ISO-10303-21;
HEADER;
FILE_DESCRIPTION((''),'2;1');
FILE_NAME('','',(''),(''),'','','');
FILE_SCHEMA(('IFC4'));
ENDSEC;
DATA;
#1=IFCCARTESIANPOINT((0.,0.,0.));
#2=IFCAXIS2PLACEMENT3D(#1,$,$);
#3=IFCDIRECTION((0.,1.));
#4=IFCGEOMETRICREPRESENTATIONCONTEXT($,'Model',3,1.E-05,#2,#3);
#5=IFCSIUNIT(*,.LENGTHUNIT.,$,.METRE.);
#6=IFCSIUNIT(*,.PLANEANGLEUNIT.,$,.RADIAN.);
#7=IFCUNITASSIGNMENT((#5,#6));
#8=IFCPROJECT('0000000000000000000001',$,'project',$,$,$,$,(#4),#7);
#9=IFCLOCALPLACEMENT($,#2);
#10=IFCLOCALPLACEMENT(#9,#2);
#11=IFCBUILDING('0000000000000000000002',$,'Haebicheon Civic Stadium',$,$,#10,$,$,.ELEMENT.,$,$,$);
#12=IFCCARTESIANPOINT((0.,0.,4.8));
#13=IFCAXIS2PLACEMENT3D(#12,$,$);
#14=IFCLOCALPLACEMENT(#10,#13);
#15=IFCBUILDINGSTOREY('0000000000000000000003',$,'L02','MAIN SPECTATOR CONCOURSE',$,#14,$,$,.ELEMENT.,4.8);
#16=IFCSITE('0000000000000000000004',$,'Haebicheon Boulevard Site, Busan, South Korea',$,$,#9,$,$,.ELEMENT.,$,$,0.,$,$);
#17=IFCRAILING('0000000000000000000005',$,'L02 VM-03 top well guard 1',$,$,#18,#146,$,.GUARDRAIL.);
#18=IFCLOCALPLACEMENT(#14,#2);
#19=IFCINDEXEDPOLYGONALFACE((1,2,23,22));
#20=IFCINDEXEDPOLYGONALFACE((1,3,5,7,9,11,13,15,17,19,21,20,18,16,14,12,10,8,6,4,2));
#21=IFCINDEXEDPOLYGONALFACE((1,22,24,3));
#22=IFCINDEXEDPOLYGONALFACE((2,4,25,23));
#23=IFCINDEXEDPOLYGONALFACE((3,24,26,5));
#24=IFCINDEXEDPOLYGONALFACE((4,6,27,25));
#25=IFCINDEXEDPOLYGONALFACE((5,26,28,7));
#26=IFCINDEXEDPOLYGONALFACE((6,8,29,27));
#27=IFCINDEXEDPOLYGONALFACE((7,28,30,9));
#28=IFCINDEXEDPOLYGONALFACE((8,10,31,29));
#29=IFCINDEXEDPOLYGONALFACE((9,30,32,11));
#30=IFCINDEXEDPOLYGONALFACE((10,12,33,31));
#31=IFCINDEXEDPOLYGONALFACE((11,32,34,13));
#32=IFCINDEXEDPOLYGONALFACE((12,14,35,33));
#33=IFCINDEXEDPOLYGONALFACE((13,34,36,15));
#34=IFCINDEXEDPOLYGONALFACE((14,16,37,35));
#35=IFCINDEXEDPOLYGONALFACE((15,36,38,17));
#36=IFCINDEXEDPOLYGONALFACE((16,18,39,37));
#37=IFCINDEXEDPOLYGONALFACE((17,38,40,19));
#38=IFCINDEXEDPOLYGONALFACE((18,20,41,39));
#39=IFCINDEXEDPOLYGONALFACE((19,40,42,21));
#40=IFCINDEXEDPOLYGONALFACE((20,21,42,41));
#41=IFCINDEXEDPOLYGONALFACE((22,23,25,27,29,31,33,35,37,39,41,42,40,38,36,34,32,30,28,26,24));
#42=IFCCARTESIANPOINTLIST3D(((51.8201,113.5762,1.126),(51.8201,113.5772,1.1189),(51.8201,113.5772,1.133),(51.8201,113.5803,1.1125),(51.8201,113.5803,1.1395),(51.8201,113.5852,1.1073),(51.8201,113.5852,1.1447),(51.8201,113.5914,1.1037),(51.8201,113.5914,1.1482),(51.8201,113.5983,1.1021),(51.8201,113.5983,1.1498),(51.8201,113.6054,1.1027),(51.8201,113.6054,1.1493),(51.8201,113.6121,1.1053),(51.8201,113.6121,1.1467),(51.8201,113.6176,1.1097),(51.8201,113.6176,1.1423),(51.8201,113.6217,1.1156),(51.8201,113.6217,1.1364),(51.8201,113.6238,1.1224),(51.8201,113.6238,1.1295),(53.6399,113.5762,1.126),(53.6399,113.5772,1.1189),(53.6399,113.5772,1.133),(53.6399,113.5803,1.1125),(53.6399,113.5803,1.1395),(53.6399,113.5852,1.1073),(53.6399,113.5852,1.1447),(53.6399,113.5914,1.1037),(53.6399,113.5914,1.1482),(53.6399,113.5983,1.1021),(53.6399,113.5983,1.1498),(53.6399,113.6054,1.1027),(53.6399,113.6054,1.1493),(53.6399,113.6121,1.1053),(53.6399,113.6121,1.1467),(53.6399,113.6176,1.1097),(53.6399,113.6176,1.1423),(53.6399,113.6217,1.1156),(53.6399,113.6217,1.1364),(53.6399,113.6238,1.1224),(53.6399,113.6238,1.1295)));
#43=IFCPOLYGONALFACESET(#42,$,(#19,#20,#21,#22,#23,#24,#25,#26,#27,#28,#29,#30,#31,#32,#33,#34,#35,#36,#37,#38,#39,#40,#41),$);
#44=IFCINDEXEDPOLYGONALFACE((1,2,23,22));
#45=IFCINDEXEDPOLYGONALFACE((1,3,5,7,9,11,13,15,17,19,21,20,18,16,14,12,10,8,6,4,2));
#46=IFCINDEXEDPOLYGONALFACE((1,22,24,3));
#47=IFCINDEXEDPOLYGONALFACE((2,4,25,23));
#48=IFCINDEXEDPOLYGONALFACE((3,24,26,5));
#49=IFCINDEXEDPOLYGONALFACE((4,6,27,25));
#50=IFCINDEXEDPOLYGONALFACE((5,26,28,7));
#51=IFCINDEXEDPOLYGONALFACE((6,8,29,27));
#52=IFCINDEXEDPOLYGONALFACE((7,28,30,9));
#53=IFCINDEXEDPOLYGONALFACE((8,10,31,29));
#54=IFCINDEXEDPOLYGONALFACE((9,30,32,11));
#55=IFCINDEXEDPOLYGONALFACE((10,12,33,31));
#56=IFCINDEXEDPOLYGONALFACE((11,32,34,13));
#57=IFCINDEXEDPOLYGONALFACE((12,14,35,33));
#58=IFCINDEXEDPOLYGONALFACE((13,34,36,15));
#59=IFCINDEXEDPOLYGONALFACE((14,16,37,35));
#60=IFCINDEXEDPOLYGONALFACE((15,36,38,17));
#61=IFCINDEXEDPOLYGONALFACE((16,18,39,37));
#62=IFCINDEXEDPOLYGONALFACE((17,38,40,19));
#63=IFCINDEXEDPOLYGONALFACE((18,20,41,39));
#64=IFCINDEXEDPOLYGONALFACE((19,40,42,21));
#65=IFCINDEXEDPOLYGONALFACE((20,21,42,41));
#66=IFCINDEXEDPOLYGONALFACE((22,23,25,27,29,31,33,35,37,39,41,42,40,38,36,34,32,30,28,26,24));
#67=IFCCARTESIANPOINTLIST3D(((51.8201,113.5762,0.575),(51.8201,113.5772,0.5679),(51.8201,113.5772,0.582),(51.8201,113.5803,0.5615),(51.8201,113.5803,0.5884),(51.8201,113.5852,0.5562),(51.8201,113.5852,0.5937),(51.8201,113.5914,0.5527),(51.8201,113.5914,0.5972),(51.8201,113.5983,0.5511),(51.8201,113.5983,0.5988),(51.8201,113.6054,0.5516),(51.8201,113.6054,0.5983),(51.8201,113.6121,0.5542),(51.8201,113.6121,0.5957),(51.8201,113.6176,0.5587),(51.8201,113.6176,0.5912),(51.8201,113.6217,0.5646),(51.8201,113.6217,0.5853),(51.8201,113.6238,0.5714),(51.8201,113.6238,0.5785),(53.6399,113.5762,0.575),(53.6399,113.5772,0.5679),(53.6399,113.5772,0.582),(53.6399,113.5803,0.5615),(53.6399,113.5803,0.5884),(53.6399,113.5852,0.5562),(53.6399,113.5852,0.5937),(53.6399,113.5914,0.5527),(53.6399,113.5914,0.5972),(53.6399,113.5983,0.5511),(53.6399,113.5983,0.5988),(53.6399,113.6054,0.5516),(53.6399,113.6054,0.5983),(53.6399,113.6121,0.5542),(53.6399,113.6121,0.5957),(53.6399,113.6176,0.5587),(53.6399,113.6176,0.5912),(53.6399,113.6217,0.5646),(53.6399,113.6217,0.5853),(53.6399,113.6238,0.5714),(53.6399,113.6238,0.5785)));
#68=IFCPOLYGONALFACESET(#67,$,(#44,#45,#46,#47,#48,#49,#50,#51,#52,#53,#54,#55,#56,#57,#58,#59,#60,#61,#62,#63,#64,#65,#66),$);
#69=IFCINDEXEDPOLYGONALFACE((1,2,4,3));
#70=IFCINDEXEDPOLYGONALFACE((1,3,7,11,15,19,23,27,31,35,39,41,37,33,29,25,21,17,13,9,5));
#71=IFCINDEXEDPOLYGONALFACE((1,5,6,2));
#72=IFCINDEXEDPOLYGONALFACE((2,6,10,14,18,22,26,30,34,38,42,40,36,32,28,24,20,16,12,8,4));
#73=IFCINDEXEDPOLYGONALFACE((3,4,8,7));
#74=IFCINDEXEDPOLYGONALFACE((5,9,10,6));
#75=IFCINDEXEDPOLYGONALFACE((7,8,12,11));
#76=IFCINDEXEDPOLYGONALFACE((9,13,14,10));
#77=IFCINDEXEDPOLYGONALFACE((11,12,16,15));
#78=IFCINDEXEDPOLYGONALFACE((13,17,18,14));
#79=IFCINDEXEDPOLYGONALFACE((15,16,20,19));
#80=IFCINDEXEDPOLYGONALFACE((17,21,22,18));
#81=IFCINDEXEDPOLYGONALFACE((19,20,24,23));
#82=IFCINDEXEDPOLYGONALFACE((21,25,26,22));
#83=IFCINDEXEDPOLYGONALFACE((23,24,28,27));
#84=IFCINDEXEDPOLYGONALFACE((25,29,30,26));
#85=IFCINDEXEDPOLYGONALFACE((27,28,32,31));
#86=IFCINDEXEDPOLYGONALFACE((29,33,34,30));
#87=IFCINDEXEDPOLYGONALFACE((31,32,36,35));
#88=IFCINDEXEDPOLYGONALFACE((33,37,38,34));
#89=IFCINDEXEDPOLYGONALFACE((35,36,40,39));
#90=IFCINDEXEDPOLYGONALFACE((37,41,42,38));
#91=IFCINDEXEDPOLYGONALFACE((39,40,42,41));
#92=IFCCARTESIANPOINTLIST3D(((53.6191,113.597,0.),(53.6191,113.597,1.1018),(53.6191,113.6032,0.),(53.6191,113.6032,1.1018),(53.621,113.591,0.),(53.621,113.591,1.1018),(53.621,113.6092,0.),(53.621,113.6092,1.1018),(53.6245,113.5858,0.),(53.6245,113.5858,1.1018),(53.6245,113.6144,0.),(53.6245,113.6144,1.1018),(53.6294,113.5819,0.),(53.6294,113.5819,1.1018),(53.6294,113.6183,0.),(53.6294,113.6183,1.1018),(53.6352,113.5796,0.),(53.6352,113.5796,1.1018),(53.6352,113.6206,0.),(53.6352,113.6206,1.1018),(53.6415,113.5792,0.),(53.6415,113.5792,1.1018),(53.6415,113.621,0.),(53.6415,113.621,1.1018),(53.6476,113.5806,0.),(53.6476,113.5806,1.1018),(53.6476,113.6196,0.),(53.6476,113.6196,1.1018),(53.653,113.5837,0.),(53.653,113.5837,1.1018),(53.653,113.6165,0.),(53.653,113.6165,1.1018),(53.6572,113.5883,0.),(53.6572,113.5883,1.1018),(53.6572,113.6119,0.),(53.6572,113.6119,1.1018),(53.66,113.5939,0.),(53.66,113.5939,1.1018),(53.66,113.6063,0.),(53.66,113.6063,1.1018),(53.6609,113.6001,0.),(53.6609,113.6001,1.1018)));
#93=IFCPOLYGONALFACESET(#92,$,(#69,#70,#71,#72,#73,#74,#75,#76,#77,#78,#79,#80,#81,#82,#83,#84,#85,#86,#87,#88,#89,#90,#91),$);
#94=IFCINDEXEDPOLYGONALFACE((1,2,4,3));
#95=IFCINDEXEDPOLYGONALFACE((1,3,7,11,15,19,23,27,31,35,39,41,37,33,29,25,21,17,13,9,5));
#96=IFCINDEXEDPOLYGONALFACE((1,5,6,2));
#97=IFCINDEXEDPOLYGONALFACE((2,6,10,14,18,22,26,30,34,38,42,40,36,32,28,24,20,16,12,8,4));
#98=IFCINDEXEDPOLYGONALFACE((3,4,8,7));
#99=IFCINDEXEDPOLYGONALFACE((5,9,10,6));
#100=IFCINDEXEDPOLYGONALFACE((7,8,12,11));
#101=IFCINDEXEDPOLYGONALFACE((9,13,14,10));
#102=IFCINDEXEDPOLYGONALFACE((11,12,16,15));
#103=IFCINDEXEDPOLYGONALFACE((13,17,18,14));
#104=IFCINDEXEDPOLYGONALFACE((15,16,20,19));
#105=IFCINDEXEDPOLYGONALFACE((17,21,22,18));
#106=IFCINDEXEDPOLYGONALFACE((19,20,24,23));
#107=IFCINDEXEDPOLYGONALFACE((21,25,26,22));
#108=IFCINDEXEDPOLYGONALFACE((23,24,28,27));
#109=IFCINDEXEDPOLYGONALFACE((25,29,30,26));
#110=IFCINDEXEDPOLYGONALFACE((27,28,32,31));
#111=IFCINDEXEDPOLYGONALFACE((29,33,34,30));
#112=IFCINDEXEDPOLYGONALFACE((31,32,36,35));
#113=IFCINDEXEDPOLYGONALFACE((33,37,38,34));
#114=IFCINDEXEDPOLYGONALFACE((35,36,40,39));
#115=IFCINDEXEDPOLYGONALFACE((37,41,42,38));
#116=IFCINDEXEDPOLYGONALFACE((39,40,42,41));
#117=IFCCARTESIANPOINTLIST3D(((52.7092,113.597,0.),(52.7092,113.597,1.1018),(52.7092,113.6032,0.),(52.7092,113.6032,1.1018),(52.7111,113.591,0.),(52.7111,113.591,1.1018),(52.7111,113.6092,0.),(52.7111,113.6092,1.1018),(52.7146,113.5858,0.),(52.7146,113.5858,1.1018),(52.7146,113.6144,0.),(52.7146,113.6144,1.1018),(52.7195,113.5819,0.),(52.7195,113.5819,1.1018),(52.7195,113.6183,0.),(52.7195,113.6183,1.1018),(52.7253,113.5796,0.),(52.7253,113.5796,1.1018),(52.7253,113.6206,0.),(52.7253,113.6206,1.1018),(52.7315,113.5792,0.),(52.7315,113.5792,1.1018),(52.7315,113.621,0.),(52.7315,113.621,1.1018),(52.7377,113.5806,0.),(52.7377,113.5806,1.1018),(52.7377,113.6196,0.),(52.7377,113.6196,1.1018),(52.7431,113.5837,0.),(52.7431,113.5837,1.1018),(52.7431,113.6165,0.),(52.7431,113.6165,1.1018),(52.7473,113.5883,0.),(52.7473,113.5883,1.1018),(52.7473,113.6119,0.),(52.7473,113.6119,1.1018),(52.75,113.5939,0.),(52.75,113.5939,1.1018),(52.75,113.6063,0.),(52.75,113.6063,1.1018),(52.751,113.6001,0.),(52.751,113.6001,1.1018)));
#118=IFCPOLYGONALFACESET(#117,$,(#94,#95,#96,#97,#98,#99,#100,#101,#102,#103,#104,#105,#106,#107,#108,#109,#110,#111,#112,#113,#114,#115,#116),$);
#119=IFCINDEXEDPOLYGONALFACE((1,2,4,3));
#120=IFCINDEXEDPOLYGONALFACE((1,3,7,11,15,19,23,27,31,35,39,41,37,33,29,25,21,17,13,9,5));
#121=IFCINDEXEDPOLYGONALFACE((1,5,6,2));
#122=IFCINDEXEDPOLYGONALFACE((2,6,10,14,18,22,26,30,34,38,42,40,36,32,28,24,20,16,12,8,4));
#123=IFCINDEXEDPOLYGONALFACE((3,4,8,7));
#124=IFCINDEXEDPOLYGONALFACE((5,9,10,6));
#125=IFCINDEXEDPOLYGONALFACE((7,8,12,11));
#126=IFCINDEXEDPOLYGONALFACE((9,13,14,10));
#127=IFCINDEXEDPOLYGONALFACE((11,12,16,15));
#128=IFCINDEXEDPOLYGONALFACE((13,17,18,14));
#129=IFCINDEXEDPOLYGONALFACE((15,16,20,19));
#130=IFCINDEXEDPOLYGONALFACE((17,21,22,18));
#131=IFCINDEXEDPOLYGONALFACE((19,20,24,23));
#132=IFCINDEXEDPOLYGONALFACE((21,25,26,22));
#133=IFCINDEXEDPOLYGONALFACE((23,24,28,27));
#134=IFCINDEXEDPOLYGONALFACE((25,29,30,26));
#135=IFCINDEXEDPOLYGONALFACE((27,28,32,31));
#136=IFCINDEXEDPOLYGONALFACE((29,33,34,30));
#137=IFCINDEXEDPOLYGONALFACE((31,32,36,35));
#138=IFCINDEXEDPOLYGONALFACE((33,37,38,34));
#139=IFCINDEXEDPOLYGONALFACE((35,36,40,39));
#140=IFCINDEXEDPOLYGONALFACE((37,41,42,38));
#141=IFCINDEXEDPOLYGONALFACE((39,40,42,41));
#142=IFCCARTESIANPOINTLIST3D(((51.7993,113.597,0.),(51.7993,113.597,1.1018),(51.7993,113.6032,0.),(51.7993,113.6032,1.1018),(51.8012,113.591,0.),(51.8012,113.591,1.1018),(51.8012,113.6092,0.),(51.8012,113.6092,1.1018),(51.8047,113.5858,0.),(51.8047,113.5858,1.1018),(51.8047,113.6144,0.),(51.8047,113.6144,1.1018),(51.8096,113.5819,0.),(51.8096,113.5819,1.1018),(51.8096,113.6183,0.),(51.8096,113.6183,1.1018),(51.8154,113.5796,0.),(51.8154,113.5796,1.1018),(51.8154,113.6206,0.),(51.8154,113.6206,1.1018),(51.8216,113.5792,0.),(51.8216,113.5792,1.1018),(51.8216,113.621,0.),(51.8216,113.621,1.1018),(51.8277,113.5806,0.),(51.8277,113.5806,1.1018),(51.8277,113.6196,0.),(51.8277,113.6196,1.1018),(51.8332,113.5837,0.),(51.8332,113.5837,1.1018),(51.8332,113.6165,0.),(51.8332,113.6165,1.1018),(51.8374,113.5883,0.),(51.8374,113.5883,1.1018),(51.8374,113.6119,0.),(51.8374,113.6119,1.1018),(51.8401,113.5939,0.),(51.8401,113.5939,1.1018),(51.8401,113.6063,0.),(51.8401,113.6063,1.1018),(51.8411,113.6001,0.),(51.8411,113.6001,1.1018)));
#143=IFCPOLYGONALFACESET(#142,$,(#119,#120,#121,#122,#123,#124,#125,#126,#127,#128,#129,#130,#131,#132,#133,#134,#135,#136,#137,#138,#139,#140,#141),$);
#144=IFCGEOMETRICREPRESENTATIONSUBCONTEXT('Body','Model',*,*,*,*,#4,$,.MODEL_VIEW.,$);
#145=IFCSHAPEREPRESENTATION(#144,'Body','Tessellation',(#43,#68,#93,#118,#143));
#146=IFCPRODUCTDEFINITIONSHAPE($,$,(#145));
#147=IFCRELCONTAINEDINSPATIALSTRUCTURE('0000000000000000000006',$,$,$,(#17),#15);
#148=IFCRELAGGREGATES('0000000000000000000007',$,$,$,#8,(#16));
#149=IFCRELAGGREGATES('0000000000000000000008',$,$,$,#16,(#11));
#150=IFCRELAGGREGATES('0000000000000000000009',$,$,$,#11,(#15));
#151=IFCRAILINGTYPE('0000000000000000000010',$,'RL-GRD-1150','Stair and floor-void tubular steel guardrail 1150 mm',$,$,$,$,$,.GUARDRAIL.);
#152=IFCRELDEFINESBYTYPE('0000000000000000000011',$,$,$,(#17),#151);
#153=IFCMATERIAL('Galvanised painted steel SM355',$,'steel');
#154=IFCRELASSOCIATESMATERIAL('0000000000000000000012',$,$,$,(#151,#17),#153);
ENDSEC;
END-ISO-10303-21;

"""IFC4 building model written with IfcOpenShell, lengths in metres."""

from ifc_helpers import new_model, si_unit, direction, frame, origin, origin_2d, place, context, subcontext, project, spatial, circle, extrude, material, type_object, element, save


model = new_model("IFC4")

# Units and contexts
model_context = context("Model", 3, precision=1e-05, world=origin(), true_north=direction((0.0, 1.0)))
body_context = subcontext(model_context, "Body", "Model", "MODEL_VIEW")
ifc_project = project(units=[si_unit("LENGTHUNIT", "METRE"), si_unit("PLANEANGLEUNIT", "RADIAN")], contexts=[model_context])

# Site, building, storey
site_placement = place(None, origin())
site = spatial("IfcSite", under=ifc_project, at=site_placement, Name="Haebicheon Boulevard Site, Busan, South Korea", CompositionType="ELEMENT", RefElevation=0.0)
building_placement = place(site_placement, origin())
building = spatial("IfcBuilding", under=site, at=building_placement, Name="Haebicheon Civic Stadium", CompositionType="ELEMENT")
storey_placement = place(building_placement, frame((0.0, 0.0, 4.8)))
storey = spatial("IfcBuildingStorey", under=building, at=storey_placement, Name="L02", Description="MAIN SPECTATOR CONCOURSE", CompositionType="ELEMENT", Elevation=4.8)

# Railing
ifc_material_1 = material(Name="Galvanised painted steel SM355", Category="steel")
railing_type = type_object("IfcRailingType", Name="RL-GRD-1150", Description="Stair and floor-void tubular steel guardrail 1150 mm", PredefinedType="GUARDRAIL", material=ifc_material_1)
railing_1_placement = place(storey_placement, frame((53.6399, 113.6001, 0.0)))
element("IfcRailing", 1, at=railing_1_placement, inside=storey, type_object=railing_type, material=ifc_material_1, Name="L02 VM-03 top well guard 1", PredefinedType="GUARDRAIL", context=body_context, shape_type="SweptSolid", body=[
    extrude(circle(Radius=0.0239, at=origin_2d()), frame((0.0, 0.0, 1.126), z_axis=(-1.0, 0.0, 0.0), x_axis=(0.0, -1.0, 0.0)), (0.0, 0.0, 1.0), 1.8198),
    extrude(circle(Radius=0.0239, at=origin_2d()), frame((0.0, 0.0, 0.575), z_axis=(-1.0, 0.0, 0.0), x_axis=(0.0, -1.0, 0.0)), (0.0, 0.0, 1.0), 1.8198),
    extrude(circle(Radius=0.021, at=origin_2d()), origin(), (0.0, 0.0, 1.0), 1.1018),
    extrude(circle(Radius=0.021, at=origin_2d()), frame((-0.9099, 0.0, 0.0)), (0.0, 0.0, 1.0), 1.1018),
    extrude(circle(Radius=0.021, at=origin_2d()), frame((-1.8198, 0.0, 0.0)), (0.0, 0.0, 1.0), 1.1018),
])

save(model, "model.ifc")
